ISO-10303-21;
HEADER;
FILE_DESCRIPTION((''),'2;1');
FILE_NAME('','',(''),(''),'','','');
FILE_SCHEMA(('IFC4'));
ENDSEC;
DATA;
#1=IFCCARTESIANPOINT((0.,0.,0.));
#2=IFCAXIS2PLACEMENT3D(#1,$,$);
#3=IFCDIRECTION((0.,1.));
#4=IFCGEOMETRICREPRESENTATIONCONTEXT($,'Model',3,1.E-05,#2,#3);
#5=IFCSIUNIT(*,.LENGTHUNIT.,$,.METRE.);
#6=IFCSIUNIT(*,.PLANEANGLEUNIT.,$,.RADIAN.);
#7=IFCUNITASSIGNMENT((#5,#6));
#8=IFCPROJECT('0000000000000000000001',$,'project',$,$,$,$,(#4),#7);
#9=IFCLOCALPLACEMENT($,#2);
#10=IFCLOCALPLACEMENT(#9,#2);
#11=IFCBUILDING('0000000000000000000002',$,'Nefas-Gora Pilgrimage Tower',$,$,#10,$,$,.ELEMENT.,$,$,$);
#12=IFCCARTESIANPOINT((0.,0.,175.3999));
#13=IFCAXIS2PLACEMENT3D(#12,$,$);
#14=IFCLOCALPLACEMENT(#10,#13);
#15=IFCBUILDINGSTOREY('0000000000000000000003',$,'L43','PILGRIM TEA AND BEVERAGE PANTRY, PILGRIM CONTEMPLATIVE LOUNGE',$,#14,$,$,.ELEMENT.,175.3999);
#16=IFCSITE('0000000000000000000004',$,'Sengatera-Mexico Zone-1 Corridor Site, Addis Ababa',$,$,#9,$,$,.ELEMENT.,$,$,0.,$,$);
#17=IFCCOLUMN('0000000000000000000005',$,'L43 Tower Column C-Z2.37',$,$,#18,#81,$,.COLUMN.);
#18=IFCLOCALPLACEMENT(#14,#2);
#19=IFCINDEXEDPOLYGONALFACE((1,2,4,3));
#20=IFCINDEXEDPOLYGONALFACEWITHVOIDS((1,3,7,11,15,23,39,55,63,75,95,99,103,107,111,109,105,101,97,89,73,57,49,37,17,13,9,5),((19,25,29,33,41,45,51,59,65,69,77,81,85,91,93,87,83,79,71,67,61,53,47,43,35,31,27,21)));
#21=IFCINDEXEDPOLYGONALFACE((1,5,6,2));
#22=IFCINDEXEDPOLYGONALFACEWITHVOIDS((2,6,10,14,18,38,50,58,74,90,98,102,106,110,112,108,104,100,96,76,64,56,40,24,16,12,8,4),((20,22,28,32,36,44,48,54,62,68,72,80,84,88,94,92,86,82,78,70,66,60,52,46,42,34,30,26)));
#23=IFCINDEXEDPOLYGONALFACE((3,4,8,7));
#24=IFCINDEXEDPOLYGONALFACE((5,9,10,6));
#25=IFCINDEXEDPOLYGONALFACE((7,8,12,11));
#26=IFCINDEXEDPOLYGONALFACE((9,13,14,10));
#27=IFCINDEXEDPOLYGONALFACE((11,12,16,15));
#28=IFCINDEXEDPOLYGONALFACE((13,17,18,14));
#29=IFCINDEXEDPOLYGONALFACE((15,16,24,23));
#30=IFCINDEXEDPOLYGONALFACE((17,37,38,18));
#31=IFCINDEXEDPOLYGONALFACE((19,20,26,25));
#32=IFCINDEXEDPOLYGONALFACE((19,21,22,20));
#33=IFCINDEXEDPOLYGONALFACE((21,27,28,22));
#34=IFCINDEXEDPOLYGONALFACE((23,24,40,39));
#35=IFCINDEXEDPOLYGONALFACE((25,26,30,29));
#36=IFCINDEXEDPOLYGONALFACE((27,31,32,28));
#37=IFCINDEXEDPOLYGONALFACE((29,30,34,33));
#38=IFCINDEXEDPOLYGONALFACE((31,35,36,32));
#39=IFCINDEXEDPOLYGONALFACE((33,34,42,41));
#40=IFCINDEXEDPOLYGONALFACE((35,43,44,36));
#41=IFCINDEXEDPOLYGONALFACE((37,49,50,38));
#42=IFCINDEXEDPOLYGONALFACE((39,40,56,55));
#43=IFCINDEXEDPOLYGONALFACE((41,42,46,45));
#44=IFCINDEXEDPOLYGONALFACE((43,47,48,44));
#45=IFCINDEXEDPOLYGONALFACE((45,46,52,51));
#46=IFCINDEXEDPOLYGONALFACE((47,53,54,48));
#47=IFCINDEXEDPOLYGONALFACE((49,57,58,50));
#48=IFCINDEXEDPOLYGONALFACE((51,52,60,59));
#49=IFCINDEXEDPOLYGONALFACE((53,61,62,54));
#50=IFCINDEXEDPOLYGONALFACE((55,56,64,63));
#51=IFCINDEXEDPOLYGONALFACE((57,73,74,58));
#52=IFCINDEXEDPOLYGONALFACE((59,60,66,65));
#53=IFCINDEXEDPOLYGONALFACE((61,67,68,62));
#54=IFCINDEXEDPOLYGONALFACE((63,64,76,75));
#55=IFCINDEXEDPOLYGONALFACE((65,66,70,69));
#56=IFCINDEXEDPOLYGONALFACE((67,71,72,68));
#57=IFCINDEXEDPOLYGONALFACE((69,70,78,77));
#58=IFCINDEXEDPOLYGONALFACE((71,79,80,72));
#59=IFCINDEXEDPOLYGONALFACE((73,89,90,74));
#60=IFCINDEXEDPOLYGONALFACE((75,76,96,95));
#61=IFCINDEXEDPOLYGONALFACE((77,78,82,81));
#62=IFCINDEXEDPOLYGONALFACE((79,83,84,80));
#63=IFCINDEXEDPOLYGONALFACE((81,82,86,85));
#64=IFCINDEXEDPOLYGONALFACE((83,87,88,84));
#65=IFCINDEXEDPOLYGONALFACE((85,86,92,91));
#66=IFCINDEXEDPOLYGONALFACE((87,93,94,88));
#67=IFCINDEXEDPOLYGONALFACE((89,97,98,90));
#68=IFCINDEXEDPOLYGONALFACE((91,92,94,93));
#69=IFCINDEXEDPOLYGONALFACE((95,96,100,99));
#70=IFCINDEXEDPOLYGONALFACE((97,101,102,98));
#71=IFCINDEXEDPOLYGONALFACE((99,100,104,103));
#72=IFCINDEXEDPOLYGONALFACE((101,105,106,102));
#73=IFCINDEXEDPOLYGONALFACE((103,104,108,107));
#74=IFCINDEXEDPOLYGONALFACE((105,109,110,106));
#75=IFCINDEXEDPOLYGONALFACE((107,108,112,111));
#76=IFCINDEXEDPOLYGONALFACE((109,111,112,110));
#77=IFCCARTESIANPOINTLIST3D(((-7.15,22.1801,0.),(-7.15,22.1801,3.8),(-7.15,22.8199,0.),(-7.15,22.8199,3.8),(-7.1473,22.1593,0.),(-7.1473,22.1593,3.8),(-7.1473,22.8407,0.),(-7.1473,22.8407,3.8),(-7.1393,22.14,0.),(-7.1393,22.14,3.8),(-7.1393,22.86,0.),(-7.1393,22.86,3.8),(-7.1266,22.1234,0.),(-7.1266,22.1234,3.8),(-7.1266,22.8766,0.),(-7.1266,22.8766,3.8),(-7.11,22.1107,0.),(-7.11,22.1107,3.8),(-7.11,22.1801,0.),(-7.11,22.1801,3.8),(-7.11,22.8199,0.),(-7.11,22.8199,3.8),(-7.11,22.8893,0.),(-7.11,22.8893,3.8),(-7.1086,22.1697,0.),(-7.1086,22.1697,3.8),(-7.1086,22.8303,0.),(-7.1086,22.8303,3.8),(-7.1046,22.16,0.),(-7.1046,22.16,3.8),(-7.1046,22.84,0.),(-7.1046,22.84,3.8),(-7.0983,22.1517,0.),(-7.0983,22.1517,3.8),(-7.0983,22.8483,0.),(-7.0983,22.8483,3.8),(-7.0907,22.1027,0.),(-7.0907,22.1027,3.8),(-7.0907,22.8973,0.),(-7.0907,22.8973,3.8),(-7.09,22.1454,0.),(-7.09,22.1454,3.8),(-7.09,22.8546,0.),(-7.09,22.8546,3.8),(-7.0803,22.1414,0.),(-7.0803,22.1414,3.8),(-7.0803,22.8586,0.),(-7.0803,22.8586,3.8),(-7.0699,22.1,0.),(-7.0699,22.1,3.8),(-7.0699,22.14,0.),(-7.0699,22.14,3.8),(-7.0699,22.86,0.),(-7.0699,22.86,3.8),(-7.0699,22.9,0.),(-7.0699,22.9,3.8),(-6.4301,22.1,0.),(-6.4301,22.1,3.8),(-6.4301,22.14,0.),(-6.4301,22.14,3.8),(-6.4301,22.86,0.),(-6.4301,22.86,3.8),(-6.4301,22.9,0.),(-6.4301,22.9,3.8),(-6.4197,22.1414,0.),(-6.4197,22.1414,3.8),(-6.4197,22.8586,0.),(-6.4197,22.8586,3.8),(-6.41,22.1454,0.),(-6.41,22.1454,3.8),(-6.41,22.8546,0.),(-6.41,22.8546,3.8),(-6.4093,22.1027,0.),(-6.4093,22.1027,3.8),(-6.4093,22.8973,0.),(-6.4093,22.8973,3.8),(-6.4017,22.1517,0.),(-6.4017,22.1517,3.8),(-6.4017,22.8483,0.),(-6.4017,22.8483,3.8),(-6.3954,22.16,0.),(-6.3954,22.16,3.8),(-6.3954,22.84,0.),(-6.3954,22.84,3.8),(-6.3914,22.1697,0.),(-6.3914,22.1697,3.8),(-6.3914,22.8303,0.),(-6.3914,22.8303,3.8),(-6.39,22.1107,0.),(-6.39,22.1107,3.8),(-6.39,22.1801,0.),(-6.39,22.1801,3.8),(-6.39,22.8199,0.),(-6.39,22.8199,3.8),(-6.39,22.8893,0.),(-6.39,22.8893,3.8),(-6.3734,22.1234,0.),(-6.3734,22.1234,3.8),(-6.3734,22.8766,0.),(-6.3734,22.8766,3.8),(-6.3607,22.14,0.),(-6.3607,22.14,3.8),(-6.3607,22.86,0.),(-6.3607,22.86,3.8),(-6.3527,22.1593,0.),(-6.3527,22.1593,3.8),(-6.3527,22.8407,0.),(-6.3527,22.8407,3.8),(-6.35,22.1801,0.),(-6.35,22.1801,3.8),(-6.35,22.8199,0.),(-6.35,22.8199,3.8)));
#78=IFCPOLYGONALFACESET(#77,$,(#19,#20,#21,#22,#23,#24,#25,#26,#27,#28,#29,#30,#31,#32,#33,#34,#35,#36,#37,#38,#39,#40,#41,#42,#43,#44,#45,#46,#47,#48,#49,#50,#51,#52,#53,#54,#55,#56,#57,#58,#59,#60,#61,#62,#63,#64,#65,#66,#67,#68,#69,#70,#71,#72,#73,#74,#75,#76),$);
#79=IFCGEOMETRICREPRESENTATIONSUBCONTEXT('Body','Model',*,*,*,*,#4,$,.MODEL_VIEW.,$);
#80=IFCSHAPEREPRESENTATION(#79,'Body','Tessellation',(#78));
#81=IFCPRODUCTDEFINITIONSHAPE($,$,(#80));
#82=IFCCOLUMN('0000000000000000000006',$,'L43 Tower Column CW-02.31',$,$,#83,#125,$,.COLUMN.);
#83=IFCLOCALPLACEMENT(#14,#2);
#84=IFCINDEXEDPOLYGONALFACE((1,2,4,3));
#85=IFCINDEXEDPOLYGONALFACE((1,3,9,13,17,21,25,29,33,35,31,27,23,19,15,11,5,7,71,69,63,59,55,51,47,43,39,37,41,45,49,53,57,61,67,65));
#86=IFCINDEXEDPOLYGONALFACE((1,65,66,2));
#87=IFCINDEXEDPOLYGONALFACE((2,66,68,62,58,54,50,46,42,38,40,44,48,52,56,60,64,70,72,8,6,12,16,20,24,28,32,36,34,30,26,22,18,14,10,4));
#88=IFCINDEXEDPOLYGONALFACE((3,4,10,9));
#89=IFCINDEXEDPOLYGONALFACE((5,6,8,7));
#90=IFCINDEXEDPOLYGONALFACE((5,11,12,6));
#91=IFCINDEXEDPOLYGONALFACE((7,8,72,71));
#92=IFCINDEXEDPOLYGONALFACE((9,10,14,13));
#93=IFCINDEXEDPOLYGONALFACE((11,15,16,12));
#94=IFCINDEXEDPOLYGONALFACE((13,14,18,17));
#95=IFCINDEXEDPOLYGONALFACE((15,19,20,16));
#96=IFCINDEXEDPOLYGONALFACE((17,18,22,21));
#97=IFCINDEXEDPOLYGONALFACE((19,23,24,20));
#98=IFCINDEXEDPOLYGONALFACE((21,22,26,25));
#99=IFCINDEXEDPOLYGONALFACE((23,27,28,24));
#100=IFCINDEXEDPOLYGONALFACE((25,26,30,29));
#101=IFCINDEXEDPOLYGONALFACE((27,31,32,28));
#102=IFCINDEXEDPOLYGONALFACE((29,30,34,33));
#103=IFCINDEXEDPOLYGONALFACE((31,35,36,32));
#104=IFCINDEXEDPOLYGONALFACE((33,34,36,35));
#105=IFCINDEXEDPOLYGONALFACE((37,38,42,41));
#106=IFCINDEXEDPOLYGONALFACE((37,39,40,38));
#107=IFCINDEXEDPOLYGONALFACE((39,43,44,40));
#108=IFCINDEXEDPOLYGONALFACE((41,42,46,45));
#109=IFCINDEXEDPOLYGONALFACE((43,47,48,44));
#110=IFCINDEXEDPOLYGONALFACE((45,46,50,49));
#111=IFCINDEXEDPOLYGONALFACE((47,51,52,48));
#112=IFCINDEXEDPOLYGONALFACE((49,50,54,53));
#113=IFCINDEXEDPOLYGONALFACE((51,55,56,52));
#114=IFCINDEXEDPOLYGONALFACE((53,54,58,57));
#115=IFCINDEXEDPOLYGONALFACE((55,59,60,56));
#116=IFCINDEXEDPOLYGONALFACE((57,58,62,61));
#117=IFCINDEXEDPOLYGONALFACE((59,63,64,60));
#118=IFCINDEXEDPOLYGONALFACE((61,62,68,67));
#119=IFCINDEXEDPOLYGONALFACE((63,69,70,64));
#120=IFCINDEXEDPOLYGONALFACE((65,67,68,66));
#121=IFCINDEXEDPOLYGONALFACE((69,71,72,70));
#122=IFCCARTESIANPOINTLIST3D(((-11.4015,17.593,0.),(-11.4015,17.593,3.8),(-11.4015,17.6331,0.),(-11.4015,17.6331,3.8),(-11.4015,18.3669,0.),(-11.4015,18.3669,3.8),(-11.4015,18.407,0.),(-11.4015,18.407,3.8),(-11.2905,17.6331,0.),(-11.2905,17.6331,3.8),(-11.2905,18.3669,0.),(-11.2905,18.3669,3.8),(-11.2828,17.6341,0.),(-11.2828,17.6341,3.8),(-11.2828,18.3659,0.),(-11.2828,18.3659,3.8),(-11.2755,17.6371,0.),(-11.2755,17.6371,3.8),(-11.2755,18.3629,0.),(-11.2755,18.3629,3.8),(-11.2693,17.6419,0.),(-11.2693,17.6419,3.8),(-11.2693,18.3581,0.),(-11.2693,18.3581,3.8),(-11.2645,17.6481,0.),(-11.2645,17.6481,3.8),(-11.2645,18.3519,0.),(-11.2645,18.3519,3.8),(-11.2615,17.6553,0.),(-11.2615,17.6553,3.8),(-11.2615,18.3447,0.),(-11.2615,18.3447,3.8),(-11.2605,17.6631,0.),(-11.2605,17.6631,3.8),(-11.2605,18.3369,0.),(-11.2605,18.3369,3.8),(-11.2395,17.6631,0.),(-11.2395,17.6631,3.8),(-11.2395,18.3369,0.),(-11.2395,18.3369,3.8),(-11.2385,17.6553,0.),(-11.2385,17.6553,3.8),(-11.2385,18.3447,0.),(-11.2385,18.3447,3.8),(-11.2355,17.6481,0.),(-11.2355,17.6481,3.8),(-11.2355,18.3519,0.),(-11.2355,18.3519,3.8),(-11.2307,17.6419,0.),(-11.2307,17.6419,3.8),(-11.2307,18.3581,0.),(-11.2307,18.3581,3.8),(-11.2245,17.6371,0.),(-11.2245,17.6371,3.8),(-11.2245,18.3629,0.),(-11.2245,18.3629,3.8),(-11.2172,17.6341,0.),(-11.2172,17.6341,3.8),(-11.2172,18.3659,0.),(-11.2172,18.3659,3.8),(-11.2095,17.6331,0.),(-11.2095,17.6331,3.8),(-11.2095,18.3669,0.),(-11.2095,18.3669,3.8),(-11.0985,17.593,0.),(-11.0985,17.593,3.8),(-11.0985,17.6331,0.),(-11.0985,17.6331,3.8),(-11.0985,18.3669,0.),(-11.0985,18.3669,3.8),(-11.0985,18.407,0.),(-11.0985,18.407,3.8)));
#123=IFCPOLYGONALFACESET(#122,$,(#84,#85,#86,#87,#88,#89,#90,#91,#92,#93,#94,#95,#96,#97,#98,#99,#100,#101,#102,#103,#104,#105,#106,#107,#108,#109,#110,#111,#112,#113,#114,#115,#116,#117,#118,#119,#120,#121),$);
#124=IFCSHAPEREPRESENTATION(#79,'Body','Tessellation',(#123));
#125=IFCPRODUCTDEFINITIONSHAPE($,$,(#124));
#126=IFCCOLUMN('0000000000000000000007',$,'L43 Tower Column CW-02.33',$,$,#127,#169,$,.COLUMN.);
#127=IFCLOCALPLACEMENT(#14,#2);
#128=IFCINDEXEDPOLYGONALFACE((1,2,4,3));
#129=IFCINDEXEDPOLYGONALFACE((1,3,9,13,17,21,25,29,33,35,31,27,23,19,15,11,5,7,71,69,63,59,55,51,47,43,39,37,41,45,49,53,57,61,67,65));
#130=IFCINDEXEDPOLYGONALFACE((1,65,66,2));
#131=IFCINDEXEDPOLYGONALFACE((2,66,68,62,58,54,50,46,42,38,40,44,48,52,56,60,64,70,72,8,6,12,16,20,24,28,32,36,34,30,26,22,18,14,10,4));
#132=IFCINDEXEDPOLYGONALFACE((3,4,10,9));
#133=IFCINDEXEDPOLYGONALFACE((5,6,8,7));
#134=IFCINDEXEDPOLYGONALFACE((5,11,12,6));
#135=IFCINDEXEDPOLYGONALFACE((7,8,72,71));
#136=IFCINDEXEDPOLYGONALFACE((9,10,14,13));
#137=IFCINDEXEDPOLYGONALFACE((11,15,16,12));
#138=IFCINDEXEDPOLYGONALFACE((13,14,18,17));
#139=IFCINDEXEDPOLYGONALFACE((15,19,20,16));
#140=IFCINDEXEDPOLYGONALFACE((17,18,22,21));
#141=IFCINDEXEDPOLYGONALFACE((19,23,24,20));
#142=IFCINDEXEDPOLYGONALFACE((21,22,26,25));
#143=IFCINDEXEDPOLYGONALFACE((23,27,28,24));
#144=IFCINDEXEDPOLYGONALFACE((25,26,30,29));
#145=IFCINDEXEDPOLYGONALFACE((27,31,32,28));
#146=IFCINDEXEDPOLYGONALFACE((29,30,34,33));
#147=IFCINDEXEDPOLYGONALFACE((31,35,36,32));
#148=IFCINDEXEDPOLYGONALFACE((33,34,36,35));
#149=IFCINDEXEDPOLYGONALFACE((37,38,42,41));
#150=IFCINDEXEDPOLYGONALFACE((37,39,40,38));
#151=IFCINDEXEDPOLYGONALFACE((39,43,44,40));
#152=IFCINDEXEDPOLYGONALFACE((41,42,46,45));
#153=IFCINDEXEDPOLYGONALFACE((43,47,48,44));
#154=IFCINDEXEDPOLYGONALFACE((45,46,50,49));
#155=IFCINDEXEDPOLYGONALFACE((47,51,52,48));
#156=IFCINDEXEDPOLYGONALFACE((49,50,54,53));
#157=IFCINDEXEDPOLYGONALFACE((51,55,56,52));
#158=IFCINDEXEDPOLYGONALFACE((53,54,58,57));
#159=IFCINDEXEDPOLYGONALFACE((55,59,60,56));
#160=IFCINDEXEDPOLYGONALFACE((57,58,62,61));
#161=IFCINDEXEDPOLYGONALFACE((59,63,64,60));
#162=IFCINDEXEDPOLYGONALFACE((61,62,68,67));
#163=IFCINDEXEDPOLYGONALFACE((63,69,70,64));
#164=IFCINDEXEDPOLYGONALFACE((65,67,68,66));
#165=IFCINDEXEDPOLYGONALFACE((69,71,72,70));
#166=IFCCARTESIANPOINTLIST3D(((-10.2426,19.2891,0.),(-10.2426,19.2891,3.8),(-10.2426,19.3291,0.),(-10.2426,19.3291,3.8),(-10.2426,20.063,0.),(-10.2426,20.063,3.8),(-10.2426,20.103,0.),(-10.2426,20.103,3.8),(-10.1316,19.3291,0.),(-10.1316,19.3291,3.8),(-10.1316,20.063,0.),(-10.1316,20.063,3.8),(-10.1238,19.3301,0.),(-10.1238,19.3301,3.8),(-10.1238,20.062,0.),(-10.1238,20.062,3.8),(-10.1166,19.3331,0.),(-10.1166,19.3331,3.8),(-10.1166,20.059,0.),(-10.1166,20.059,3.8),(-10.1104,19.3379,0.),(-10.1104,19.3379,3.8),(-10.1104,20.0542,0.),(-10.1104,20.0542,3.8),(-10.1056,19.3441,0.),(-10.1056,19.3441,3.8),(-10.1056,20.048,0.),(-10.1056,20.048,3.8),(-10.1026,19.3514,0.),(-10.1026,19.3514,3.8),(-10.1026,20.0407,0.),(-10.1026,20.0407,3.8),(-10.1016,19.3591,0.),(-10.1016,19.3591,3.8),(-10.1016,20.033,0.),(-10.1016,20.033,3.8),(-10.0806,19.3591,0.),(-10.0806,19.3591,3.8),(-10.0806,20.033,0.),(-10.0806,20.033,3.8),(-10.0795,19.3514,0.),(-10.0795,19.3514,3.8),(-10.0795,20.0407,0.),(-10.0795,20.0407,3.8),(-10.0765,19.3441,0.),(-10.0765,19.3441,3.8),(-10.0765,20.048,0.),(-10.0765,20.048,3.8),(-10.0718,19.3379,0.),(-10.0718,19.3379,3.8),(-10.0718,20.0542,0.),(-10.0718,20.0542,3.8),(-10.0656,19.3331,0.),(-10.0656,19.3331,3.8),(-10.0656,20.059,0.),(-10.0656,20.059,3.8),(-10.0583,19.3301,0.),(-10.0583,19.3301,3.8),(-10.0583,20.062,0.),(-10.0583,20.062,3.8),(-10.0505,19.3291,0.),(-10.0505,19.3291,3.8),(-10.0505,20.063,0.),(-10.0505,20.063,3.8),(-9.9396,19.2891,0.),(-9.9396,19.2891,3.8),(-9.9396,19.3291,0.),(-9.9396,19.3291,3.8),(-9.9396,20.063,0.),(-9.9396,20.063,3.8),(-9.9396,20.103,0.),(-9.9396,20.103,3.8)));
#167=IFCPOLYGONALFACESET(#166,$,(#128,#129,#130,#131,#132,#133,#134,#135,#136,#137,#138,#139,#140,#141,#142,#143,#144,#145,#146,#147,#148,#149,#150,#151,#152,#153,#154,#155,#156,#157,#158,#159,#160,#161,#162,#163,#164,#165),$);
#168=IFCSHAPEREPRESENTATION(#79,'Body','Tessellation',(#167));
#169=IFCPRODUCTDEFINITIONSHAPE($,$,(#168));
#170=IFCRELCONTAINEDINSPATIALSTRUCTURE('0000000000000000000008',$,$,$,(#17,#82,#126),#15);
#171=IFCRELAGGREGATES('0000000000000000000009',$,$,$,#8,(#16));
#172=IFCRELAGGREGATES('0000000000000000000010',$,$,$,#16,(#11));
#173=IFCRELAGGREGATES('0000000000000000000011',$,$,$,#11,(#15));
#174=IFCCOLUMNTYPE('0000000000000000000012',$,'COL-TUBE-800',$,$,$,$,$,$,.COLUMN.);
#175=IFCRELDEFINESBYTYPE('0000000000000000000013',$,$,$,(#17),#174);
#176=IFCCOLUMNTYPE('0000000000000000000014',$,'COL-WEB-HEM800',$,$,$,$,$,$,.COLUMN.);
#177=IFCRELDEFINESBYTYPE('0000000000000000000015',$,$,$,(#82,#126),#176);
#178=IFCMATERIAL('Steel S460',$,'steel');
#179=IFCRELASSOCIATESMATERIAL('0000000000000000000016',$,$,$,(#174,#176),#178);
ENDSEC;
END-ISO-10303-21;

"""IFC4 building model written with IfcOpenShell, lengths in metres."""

from ifc_helpers import new_model, si_unit, direction, frame, origin, origin_2d, place, context, subcontext, project, spatial, hollow_rectangle, i_section, extrude, source, transform, mapped, material, material_profile, profile_set, type_object, element, save


model = new_model("IFC4")

# Units and contexts
model_context = context("Model", 3, precision=1e-05, world=origin(), true_north=direction((0.0, 1.0)))
body_context = subcontext(model_context, "Body", "Model", "MODEL_VIEW")
ifc_project = project(units=[si_unit("LENGTHUNIT", "METRE"), si_unit("PLANEANGLEUNIT", "RADIAN")], contexts=[model_context])

# Site, building, storey
site_placement = place(None, origin())
site = spatial("IfcSite", under=ifc_project, at=site_placement, Name="Sengatera-Mexico Zone-1 Corridor Site, Addis Ababa", CompositionType="ELEMENT", RefElevation=0.0)
building_placement = place(site_placement, origin())
building = spatial("IfcBuilding", under=site, at=building_placement, Name="Nefas-Gora Pilgrimage Tower", CompositionType="ELEMENT")
storey_placement = place(building_placement, frame((0.0, 0.0, 175.3999)))
storey = spatial("IfcBuildingStorey", under=building, at=storey_placement, Name="L43", Description="PILGRIM TEA AND BEVERAGE PANTRY, PILGRIM CONTEMPLATIVE LOUNGE", CompositionType="ELEMENT", Elevation=175.3999)

# Columns
ifc_material_1 = material(Name="Steel S460", Category="steel")
ifc_material_profile_1 = material_profile(ifc_material_1, hollow_rectangle(XDim=0.8, YDim=0.8, WallThickness=0.04, InnerFilletRadius=0.04, OuterFilletRadius=0.0801, at=origin_2d()), Name="BOX 800x800x40")
ifc_profile_set_1 = profile_set([ifc_material_profile_1], Name="Steel S460")
column_type_1 = type_object("IfcColumnType", Name="COL-TUBE-800", PredefinedType="COLUMN", material=ifc_profile_set_1)
shared_shape_1 = source(origin(), body_context, "Body", "SweptSolid", [
    extrude(hollow_rectangle(XDim=0.8, YDim=0.8, WallThickness=0.04, InnerFilletRadius=0.04, OuterFilletRadius=0.0801, at=origin_2d()), origin(), (0.0, 0.0, 1.0), 3.8),
])
column_placement = place(storey_placement, frame((-6.75, 22.5, 0.0), z_axis=(0.0, 0.0, 1.0), x_axis=(1.0, 0.0, 0.0)))
element("IfcColumn", 1, at=column_placement, inside=storey, type_object=column_type_1, Name="L43 Tower Column C-Z2.37", PredefinedType="COLUMN", context=body_context, shape_type="MappedRepresentation", body=[
    mapped(shared_shape_1, transform((0.0, 0.0, 0.0), x_axis=(1.0, 0.0, 0.0), y_axis=(0.0, 1.0, 0.0), z_axis=(0.0, 0.0, 1.0), scale=1.0)),
])
ifc_material_profile_2 = material_profile(ifc_material_1, i_section(OverallWidth=0.303, OverallDepth=0.814, WebThickness=0.021, FlangeThickness=0.04, FilletRadius=0.03, at=origin_2d()), Name="HEM 800")
ifc_profile_set_2 = profile_set([ifc_material_profile_2], Name="Steel S460")
column_type_2 = type_object("IfcColumnType", Name="COL-WEB-HEM800", PredefinedType="COLUMN", material=ifc_profile_set_2)
shared_shape_2 = source(origin(), body_context, "Body", "SweptSolid", [
    extrude(i_section(OverallWidth=0.303, OverallDepth=0.814, WebThickness=0.021, FlangeThickness=0.04, FilletRadius=0.03, at=origin_2d()), origin(), (0.0, 0.0, 1.0), 3.8),
])
for number, where, z_axis, x_axis, name in (
    (2, (-11.25, 18.0, 0.0), (0.0, 0.0, 1.0), (1.0, 0.0, 0.0), "L43 Tower Column CW-02.31"),
    (3, (-10.0911, 19.696, 0.0), (0.0, 0.0, 1.0), (1.0, 0.0, 0.0), "L43 Tower Column CW-02.33"),
):
    element("IfcColumn", number, at=place(storey_placement, frame(where, z_axis=z_axis, x_axis=x_axis)), inside=storey, type_object=column_type_2, Name=name, PredefinedType="COLUMN", context=body_context, shape_type="MappedRepresentation", body=[
        mapped(shared_shape_2, transform((0.0, 0.0, 0.0), x_axis=(1.0, 0.0, 0.0), y_axis=(0.0, 1.0, 0.0), z_axis=(0.0, 0.0, 1.0), scale=1.0)),
    ])

save(model, "model.ifc")
